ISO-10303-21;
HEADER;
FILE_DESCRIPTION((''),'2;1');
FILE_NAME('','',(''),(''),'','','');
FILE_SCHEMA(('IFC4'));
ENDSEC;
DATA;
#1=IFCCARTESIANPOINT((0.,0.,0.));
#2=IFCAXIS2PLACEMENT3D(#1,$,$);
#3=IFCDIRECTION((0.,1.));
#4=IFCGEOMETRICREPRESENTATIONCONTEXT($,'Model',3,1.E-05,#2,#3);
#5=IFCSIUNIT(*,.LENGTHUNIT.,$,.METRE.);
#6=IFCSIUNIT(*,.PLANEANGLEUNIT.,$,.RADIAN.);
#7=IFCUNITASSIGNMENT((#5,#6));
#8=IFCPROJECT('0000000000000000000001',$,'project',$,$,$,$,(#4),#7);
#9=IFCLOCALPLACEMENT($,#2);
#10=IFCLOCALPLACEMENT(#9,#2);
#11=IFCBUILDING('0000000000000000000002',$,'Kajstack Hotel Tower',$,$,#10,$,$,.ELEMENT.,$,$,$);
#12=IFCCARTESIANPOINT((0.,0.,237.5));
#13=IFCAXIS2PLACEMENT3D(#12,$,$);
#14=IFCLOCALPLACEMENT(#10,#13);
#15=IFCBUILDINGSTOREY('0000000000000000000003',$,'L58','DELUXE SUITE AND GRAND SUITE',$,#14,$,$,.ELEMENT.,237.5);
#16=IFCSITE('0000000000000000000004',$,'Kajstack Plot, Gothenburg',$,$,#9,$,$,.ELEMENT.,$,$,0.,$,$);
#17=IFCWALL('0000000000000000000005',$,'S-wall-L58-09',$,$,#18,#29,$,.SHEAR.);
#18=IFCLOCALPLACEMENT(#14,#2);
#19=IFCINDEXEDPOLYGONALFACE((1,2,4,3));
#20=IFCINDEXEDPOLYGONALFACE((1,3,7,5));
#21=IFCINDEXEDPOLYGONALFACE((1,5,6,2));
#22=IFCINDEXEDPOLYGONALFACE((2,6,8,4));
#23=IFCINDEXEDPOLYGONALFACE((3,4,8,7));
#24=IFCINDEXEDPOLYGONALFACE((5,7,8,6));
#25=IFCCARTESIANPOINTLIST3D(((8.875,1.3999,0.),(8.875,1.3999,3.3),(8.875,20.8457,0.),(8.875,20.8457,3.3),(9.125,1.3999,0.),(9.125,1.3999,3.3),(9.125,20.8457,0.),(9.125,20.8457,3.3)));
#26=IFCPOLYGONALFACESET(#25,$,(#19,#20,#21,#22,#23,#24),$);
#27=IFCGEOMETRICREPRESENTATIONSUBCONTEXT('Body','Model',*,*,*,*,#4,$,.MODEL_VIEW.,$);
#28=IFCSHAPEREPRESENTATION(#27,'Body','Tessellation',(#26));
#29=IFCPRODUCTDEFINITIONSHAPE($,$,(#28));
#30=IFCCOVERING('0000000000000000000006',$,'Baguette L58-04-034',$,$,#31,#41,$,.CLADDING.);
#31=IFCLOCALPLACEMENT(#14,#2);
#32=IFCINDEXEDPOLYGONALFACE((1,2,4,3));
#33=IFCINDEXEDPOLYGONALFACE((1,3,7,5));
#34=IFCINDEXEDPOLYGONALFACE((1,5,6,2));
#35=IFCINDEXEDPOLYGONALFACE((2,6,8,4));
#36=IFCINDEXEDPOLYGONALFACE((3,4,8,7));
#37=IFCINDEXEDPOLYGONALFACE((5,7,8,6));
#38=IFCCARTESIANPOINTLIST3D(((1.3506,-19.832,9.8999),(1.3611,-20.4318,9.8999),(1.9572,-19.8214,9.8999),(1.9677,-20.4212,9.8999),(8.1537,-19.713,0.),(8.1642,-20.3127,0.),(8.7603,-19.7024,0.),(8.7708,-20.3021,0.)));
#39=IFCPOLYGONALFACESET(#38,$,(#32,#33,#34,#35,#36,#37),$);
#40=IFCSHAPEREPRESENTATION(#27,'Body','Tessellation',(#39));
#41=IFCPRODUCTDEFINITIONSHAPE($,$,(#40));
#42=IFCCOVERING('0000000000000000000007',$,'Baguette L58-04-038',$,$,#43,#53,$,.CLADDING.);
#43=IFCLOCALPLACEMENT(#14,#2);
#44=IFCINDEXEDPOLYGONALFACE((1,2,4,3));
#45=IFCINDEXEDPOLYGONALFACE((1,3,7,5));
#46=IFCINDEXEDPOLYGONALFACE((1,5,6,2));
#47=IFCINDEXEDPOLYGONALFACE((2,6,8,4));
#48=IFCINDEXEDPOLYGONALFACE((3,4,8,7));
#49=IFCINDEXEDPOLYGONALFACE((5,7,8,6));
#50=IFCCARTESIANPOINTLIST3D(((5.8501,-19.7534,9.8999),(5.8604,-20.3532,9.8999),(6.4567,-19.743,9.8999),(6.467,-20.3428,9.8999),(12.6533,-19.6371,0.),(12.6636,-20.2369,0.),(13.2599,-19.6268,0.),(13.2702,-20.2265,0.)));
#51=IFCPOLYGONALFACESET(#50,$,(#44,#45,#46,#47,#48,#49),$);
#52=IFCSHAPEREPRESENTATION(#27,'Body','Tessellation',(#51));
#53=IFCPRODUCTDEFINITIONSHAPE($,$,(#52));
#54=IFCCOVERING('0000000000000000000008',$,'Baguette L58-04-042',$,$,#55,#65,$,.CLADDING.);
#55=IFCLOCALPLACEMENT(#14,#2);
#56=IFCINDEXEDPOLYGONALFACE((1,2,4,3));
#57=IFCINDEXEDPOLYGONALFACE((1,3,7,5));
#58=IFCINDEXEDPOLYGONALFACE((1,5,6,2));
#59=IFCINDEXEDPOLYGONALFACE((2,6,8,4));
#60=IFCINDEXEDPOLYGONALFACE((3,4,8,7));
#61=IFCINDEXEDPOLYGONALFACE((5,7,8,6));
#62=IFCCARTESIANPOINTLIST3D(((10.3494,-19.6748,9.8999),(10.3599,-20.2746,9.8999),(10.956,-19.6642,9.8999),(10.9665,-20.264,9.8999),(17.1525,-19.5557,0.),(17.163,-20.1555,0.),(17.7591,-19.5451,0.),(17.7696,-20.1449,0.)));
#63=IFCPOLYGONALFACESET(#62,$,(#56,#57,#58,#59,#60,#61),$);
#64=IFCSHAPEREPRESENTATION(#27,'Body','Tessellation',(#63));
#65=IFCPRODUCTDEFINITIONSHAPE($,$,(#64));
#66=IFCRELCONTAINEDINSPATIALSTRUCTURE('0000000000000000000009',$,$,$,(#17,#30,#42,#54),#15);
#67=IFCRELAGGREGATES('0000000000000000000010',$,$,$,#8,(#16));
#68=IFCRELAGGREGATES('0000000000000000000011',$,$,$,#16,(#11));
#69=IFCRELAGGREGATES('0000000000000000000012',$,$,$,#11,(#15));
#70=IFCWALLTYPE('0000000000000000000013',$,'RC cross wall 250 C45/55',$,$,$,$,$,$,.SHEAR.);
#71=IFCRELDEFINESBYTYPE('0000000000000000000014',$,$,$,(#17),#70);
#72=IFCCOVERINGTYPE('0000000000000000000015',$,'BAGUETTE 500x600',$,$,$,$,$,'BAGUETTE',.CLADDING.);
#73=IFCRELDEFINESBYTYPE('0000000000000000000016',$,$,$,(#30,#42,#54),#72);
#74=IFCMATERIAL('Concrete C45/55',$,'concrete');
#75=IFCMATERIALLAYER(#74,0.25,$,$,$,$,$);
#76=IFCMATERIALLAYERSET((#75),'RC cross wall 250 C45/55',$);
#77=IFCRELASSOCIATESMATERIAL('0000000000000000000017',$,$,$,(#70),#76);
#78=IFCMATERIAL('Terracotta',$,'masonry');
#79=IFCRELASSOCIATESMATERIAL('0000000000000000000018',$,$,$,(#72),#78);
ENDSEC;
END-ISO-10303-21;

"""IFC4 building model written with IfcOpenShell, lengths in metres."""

from ifc_helpers import new_model, si_unit, direction, frame, frame_2d, origin, origin_2d, place, context, subcontext, project, spatial, polyline, rectangle, outline, extrude, material, layer, layer_set, material_profile, profile_set, type_object, element, save


model = new_model("IFC4")

# Units and contexts
model_context = context("Model", 3, precision=1e-05, world=origin(), true_north=direction((0.0, 1.0)))
body_context = subcontext(model_context, "Body", "Model", "MODEL_VIEW")
ifc_project = project(units=[si_unit("LENGTHUNIT", "METRE"), si_unit("PLANEANGLEUNIT", "RADIAN")], contexts=[model_context])

# Site, building, storey
site_placement = place(None, origin())
site = spatial("IfcSite", under=ifc_project, at=site_placement, Name="Kajstack Plot, Gothenburg", CompositionType="ELEMENT", RefElevation=0.0)
building_placement = place(site_placement, origin())
building = spatial("IfcBuilding", under=site, at=building_placement, Name="Kajstack Hotel Tower", CompositionType="ELEMENT")
storey_placement = place(building_placement, frame((0.0, 0.0, 237.5)))
storey = spatial("IfcBuildingStorey", under=building, at=storey_placement, Name="L58", Description="DELUXE SUITE AND GRAND SUITE", CompositionType="ELEMENT", Elevation=237.5)

# Wall
ifc_material_1 = material(Name="Concrete C45/55", Category="concrete")
ifc_layer_1 = layer(ifc_material_1, 0.25)
ifc_layer_set_1 = layer_set([ifc_layer_1], Name="RC cross wall 250 C45/55")
wall_type_1 = type_object("IfcWallType", Name="RC cross wall 250 C45/55", PredefinedType="SHEAR", material=ifc_layer_set_1)
wall_1_placement = place(storey_placement, frame((9.0, 1.3999, 0.0), z_axis=(0.0, 0.0, 1.0), x_axis=(0.0, 1.0, 0.0)))
element("IfcWall", 1, at=wall_1_placement, inside=storey, type_object=wall_type_1, Name="S-wall-L58-09", PredefinedType="SHEAR", context=body_context, shape_type="SweptSolid", body=[
    extrude(rectangle(XDim=19.4458, YDim=0.25, at=frame_2d((9.7229, 0.0))), origin(), (0.0, 0.0, 1.0), 3.3),
])

# Coverings
ifc_material_2 = material(Name="Terracotta", Category="masonry")
ifc_material_profile = material_profile(ifc_material_2, rectangle(XDim=0.6001, YDim=0.5, at=origin_2d()), Name="Terracotta-clad concrete baguette 500 x 600")
ifc_profile_set = profile_set([ifc_material_profile], Name="Terracotta")
covering_type = type_object("IfcCoveringType", Name="BAGUETTE 500x600", ElementType="BAGUETTE", PredefinedType="CLADDING", material=ifc_profile_set)
for number, where, z_axis, x_axis, name in (
    (2, (1.3506, -19.832, 0.0), (0.017498, -0.999847, 0.0), (0.999847, 0.017498, 0.0), "Baguette L58-04-034"),
    (3, (5.8501, -19.7534, 0.0), (0.017092, -0.999854, 0.0), (0.999854, 0.017092, 0.0), "Baguette L58-04-038"),
    (4, (10.3494, -19.6748, 0.0), (0.017498, -0.999847, 0.0), (0.999847, 0.017498, 0.0), "Baguette L58-04-042"),
):
    element("IfcCovering", number, at=place(storey_placement, frame(where, z_axis=z_axis, x_axis=x_axis)), inside=storey, type_object=covering_type, Name=name, PredefinedType="CLADDING", context=body_context, shape_type="SweptSolid", body=[
        extrude(outline(polyline([(0.0, 9.8999), (6.8042, 0.0), (7.4109, 0.0), (0.6067, 9.8999), (0.0, 9.8999)])), origin(), (0.0, 0.0, 1.0), 0.5999),
    ])

save(model, "model.ifc")
